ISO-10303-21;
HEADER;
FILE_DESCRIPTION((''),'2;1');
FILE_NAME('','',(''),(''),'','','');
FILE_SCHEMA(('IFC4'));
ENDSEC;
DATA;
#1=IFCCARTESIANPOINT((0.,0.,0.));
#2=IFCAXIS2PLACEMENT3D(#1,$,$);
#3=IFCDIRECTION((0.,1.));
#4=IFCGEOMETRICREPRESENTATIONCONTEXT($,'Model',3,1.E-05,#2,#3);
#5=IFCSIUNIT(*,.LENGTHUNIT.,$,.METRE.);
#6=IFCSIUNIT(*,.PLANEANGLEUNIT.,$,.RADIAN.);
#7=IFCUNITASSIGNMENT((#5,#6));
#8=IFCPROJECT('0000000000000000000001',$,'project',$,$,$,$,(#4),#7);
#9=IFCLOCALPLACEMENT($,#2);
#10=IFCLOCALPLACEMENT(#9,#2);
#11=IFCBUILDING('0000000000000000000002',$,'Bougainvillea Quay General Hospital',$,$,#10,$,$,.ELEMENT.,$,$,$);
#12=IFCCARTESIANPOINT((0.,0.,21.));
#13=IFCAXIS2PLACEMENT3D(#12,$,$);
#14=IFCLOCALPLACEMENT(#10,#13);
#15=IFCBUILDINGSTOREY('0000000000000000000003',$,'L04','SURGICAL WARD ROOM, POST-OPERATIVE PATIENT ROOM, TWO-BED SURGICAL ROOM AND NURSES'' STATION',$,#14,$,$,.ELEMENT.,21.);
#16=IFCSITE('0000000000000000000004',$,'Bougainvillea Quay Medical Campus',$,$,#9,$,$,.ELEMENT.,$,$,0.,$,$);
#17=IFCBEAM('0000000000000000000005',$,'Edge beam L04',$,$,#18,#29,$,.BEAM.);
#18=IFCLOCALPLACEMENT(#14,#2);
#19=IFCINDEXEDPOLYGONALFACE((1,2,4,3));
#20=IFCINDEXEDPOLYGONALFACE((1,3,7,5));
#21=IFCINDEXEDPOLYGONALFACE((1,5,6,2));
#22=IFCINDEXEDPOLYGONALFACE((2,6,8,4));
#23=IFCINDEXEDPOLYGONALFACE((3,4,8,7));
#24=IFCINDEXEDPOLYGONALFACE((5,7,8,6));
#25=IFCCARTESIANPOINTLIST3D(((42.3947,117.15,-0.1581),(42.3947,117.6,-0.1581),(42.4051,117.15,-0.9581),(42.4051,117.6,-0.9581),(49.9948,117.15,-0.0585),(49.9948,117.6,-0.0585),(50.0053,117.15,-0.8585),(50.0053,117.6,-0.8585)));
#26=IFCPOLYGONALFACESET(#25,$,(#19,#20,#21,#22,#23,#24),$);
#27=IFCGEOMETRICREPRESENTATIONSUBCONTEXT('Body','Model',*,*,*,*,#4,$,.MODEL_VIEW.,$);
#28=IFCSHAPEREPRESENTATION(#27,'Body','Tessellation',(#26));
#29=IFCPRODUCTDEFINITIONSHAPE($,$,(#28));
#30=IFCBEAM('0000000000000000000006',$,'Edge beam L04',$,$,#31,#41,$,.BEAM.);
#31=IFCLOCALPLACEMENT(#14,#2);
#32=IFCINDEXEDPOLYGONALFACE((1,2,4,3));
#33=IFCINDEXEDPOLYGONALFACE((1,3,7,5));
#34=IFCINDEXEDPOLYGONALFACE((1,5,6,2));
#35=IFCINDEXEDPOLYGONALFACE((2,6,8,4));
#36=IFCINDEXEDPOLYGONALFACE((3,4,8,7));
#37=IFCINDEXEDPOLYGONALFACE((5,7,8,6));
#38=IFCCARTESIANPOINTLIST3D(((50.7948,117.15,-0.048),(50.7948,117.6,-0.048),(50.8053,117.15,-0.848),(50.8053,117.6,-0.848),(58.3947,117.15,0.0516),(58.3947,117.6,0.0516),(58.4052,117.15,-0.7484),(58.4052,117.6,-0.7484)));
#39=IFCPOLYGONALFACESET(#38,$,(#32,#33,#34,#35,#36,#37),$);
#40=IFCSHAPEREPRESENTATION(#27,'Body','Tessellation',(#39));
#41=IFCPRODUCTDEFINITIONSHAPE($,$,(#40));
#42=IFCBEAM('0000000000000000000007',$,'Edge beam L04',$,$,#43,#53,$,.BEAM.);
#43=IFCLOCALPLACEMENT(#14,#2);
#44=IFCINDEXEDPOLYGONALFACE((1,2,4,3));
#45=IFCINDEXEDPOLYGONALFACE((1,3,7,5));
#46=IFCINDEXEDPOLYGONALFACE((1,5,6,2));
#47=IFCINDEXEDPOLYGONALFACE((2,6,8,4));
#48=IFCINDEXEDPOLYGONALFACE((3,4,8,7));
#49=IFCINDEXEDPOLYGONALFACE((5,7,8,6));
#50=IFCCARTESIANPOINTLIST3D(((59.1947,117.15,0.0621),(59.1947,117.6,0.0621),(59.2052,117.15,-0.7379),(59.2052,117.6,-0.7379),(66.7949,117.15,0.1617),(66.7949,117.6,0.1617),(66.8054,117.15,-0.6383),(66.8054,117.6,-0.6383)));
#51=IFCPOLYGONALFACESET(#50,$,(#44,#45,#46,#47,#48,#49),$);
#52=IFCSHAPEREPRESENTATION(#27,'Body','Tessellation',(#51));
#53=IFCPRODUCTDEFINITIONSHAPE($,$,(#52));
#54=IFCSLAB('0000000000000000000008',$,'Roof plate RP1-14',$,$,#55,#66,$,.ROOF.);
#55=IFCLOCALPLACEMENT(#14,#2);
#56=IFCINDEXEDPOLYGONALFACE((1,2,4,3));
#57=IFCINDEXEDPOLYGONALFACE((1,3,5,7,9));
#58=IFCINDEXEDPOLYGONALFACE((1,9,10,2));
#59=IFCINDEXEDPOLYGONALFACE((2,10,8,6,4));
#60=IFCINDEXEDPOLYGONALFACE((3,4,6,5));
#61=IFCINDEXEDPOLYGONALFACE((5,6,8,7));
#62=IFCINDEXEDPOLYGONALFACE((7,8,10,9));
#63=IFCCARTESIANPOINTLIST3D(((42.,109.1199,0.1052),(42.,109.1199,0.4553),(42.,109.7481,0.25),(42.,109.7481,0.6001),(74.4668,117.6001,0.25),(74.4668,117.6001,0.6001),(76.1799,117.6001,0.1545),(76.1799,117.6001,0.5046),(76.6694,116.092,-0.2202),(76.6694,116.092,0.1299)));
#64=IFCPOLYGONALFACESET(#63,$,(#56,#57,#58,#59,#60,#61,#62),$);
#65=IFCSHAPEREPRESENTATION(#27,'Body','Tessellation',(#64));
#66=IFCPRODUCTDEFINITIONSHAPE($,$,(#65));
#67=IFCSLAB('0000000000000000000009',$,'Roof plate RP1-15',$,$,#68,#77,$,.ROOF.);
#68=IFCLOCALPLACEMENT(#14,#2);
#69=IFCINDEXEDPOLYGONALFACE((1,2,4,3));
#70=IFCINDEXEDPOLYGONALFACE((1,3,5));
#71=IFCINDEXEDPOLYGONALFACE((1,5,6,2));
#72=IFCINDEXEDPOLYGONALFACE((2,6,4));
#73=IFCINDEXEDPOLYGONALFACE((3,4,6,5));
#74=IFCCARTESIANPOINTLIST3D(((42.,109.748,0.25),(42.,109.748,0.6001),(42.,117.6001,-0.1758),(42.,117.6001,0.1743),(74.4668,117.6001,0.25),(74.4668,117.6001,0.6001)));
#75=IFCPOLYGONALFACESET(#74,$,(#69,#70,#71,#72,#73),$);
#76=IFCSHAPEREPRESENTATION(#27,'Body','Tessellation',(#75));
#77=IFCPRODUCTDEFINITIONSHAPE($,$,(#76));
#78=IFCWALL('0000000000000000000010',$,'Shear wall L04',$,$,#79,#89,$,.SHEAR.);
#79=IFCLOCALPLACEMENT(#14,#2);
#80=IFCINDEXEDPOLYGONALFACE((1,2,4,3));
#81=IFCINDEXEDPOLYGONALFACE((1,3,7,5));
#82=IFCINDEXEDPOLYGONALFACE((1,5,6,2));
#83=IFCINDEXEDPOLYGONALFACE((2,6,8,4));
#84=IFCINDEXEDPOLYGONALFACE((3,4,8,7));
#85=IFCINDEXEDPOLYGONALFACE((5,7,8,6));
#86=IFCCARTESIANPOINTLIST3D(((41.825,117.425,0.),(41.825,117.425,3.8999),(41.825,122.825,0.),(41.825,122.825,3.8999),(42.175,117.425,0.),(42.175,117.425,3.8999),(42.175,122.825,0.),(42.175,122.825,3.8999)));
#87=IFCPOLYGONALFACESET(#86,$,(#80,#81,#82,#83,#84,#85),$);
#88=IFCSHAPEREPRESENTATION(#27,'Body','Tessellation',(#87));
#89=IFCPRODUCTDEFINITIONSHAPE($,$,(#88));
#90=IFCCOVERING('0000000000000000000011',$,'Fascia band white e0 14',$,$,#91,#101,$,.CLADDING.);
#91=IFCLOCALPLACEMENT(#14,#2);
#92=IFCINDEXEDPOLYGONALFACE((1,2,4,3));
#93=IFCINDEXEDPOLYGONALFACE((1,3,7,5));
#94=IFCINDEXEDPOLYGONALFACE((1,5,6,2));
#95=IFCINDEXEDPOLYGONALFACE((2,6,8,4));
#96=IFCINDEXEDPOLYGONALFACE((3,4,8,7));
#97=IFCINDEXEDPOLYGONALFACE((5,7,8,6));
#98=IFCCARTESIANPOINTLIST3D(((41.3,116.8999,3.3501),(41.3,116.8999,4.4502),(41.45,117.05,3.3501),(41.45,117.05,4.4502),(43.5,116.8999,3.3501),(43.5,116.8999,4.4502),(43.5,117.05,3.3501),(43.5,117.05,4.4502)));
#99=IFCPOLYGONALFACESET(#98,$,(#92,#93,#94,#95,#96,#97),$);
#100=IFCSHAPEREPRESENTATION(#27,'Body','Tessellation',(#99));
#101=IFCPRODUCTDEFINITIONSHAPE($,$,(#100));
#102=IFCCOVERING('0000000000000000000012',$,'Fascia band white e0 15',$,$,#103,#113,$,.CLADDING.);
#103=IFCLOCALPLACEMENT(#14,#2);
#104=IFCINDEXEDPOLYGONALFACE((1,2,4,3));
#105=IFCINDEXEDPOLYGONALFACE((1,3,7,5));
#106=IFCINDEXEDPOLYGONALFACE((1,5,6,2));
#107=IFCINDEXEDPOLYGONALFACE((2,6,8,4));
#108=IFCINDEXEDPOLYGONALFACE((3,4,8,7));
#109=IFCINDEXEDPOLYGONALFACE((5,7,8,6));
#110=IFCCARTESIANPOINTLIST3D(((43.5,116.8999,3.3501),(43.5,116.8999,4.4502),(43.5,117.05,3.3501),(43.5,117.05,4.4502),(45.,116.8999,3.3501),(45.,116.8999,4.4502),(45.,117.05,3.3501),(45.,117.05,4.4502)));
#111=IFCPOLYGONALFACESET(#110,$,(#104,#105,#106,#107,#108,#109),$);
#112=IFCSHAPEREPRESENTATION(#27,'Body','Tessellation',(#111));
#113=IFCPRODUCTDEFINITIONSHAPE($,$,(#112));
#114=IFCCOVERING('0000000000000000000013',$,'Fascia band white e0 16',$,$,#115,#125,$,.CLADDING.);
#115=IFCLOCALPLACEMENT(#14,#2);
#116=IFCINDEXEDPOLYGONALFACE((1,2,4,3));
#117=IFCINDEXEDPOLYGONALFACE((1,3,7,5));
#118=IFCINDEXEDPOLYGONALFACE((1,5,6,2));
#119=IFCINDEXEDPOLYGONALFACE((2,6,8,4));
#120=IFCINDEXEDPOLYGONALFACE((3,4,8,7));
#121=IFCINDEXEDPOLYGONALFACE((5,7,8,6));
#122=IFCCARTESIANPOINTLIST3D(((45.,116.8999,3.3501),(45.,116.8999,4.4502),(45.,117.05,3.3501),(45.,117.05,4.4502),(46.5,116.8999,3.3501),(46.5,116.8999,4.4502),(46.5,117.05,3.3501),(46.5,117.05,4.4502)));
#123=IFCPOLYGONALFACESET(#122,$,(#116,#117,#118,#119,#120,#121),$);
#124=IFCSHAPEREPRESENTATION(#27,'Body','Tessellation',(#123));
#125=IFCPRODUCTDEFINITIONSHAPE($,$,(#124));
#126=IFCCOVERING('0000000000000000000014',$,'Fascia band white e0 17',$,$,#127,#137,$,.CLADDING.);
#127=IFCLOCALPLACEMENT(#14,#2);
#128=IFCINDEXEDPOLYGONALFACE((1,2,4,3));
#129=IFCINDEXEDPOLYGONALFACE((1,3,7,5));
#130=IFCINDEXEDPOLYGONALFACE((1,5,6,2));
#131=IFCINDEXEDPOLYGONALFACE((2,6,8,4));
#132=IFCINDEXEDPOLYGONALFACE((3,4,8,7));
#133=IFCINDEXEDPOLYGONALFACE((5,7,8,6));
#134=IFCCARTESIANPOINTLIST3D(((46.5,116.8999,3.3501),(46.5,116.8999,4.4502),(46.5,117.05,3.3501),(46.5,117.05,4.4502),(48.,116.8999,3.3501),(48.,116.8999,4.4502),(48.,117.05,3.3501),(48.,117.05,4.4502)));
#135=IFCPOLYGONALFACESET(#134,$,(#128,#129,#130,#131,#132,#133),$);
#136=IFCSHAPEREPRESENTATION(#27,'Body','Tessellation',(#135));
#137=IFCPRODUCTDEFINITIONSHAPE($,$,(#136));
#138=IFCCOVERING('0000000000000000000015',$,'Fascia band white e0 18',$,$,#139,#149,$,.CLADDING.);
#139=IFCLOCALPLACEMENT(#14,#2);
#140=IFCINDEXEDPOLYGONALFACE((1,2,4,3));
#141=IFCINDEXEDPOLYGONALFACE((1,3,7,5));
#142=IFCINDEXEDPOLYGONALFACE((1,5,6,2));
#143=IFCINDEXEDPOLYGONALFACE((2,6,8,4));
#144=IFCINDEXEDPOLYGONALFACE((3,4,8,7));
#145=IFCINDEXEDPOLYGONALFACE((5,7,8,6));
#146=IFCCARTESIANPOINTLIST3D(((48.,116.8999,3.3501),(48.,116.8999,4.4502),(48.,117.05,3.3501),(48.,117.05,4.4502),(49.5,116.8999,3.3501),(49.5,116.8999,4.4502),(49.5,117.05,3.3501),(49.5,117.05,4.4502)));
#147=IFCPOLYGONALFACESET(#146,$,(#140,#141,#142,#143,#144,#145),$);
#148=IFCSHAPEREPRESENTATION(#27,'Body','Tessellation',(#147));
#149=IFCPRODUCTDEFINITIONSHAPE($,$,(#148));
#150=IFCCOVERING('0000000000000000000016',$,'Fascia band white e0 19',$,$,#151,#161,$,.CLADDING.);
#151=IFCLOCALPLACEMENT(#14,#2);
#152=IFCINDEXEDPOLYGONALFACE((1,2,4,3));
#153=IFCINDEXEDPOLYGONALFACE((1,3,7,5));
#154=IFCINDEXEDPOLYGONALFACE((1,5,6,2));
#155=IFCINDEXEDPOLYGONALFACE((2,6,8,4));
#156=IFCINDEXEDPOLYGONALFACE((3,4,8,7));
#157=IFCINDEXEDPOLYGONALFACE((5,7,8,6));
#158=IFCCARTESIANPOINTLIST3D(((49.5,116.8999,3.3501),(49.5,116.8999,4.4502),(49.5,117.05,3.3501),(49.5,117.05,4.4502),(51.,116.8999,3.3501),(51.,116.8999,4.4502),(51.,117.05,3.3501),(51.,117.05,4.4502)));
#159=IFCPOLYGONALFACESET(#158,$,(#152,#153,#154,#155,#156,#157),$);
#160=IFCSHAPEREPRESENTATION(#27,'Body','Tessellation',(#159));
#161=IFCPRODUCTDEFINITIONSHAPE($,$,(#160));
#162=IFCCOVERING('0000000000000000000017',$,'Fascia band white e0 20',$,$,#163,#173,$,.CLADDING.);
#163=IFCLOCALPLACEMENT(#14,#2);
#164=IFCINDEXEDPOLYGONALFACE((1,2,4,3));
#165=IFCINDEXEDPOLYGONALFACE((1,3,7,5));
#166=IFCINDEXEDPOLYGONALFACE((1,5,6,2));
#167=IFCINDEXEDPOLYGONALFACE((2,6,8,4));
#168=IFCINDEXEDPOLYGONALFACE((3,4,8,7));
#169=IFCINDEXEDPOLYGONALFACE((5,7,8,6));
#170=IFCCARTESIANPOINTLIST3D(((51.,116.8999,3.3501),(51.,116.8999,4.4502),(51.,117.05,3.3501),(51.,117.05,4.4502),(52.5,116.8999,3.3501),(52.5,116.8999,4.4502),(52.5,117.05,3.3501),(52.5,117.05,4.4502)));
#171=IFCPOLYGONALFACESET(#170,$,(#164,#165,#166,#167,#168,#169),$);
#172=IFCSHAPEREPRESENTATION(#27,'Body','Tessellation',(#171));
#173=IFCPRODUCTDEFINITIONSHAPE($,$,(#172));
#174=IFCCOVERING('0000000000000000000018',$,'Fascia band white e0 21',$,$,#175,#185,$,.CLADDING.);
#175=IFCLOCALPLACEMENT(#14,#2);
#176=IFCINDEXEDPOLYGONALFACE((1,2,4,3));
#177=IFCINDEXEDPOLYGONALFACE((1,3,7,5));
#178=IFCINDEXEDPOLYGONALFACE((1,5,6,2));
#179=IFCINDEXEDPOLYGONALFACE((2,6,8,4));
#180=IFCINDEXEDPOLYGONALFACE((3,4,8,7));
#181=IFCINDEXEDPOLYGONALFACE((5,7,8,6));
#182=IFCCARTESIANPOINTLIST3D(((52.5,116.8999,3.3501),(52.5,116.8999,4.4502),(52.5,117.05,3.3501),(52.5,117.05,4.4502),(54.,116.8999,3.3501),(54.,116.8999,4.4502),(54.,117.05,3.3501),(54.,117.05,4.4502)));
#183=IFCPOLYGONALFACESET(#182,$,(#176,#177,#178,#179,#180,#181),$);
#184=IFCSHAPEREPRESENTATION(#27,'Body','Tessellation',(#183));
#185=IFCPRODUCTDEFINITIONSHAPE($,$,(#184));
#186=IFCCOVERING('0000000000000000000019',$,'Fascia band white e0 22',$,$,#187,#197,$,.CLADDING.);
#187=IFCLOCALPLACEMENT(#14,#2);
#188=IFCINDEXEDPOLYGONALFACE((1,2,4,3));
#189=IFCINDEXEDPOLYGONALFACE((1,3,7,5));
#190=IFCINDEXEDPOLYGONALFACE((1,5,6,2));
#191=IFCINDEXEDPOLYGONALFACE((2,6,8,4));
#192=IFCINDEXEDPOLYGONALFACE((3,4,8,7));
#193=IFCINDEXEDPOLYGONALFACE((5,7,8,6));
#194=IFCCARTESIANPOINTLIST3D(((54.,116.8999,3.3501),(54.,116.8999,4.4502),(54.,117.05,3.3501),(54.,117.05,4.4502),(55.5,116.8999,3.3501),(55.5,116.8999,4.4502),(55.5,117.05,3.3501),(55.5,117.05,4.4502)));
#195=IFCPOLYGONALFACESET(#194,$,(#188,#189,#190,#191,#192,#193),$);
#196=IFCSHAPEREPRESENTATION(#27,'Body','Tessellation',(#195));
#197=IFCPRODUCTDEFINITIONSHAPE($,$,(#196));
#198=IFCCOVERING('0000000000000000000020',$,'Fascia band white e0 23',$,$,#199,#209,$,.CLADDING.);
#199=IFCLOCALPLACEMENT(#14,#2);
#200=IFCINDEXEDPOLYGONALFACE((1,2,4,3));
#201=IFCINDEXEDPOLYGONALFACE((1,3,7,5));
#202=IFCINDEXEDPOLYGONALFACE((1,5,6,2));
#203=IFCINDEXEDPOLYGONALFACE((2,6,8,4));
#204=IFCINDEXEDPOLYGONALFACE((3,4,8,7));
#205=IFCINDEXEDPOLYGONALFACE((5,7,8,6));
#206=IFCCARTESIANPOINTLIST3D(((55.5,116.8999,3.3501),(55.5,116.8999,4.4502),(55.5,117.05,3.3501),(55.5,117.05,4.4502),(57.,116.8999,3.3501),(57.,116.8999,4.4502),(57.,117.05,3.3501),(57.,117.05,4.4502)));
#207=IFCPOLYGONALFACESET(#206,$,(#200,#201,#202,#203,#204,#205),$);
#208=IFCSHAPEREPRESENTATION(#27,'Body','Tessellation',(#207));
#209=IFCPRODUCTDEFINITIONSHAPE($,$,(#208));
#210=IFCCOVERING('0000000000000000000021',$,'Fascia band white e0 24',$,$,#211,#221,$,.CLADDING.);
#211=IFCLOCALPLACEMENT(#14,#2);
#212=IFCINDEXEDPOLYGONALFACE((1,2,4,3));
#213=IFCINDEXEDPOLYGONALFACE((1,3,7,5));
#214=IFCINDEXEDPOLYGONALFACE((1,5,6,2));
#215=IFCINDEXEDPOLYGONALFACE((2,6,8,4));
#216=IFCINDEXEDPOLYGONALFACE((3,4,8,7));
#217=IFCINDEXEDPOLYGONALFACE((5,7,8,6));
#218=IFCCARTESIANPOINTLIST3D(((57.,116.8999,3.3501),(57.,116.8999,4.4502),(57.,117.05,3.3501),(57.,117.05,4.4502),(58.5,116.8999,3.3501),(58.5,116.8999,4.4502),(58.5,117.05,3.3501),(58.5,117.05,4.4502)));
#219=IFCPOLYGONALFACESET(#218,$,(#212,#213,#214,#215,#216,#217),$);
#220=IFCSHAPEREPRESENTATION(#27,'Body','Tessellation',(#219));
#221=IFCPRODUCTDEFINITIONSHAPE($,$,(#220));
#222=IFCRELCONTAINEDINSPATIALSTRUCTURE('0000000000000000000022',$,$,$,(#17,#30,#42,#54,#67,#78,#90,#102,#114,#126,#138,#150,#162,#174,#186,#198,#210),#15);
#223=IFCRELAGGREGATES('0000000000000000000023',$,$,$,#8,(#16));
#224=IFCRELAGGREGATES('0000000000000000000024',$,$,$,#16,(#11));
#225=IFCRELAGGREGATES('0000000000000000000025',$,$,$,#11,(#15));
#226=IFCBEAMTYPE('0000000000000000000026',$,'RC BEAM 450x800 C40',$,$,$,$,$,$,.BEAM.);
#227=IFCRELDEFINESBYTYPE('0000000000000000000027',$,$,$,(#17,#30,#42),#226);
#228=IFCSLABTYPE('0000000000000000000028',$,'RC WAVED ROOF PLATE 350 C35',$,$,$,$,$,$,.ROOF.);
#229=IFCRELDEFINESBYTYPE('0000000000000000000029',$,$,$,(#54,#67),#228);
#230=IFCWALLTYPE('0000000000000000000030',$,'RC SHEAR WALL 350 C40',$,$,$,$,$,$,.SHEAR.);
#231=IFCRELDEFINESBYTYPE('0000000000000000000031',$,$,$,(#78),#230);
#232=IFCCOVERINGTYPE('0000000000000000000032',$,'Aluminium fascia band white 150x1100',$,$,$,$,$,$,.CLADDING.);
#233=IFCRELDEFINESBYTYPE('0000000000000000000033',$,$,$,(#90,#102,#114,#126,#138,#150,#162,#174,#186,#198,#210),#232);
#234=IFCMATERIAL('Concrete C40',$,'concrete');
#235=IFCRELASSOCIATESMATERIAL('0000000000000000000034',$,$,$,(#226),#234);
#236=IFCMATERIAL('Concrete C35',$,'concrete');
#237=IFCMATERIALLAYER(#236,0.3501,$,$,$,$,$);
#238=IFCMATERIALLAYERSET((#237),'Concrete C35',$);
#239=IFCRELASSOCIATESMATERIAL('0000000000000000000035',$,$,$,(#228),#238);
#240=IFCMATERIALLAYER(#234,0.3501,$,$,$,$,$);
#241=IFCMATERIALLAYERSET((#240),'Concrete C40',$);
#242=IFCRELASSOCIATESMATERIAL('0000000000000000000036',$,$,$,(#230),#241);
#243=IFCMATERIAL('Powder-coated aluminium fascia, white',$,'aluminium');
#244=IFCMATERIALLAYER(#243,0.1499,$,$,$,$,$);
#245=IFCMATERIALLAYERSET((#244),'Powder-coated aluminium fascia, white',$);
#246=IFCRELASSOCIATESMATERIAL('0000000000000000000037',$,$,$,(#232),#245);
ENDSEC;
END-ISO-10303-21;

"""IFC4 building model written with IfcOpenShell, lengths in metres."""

from ifc_helpers import new_model, si_unit, direction, frame, frame_2d, origin, origin_2d, place, context, subcontext, project, spatial, polyline, rectangle, outline, extrude, material, layer, layer_set, material_profile, profile_set, type_object, element, save


model = new_model("IFC4")

# Units and contexts
model_context = context("Model", 3, precision=1e-05, world=origin(), true_north=direction((0.0, 1.0)))
body_context = subcontext(model_context, "Body", "Model", "MODEL_VIEW")
ifc_project = project(units=[si_unit("LENGTHUNIT", "METRE"), si_unit("PLANEANGLEUNIT", "RADIAN")], contexts=[model_context])

# Site, building, storey
site_placement = place(None, origin())
site = spatial("IfcSite", under=ifc_project, at=site_placement, Name="Bougainvillea Quay Medical Campus", CompositionType="ELEMENT", RefElevation=0.0)
building_placement = place(site_placement, origin())
building = spatial("IfcBuilding", under=site, at=building_placement, Name="Bougainvillea Quay General Hospital", CompositionType="ELEMENT")
storey_placement = place(building_placement, frame((0.0, 0.0, 21.0)))
storey = spatial("IfcBuildingStorey", under=building, at=storey_placement, Name="L04", Description="SURGICAL WARD ROOM, POST-OPERATIVE PATIENT ROOM, TWO-BED SURGICAL ROOM AND NURSES' STATION", CompositionType="ELEMENT", Elevation=21.0)

# Beams
ifc_material_1 = material(Name="Concrete C40", Category="concrete")
ifc_material_profile = material_profile(ifc_material_1, rectangle(XDim=0.45, YDim=0.8, at=origin_2d()))
ifc_profile_set = profile_set([ifc_material_profile], Name="Concrete C40")
beam_type = type_object("IfcBeamType", Name="RC BEAM 450x800 C40", PredefinedType="BEAM", material=ifc_profile_set)
beam_1_placement = place(storey_placement, frame((42.3999, 117.375, -0.5581), z_axis=(0.999914, 0.0, 0.013105), x_axis=(0.0, 1.0, 0.0)))
element("IfcBeam", 1, at=beam_1_placement, inside=storey, type_object=beam_type, Name="Edge beam L04", PredefinedType="BEAM", context=body_context, shape_type="SweptSolid", body=[
    extrude(rectangle(XDim=0.45, YDim=0.8, at=origin_2d()), origin(), (0.0, 0.0, 1.0), 7.6008),
])
beam_2_placement = place(storey_placement, frame((50.8, 117.375, -0.448), z_axis=(0.999914, 0.0, 0.013106), x_axis=(0.0, 1.0, 0.0)))
element("IfcBeam", 2, at=beam_2_placement, inside=storey, type_object=beam_type, Name="Edge beam L04", PredefinedType="BEAM", context=body_context, shape_type="SweptSolid", body=[
    extrude(rectangle(XDim=0.45, YDim=0.8, at=origin_2d()), origin(), (0.0, 0.0, 1.0), 7.6006),
])
beam_3_placement = place(storey_placement, frame((59.2, 117.375, -0.3379), z_axis=(0.999914, 0.0, 0.013105), x_axis=(0.0, 1.0, 0.0)))
element("IfcBeam", 3, at=beam_3_placement, inside=storey, type_object=beam_type, Name="Edge beam L04", PredefinedType="BEAM", context=body_context, shape_type="SweptSolid", body=[
    extrude(rectangle(XDim=0.45, YDim=0.8, at=origin_2d()), origin(), (0.0, 0.0, 1.0), 7.6008),
])

# Slabs
ifc_material_2 = material(Name="Concrete C35", Category="concrete")
ifc_layer_1 = layer(ifc_material_2, 0.3501)
ifc_layer_set_1 = layer_set([ifc_layer_1], Name="Concrete C35")
slab_type = type_object("IfcSlabType", Name="RC WAVED ROOF PLATE 350 C35", PredefinedType="ROOF", material=ifc_layer_set_1)
slab_1_placement = place(storey_placement, frame((42.0, 109.1199, 0.4553), z_axis=(0.054224, -0.224211, 0.973031), x_axis=(0.98033, 0.197149, -0.009203)))
element("IfcSlab", 4, at=slab_1_placement, inside=storey, type_object=slab_type, Name="Roof plate RP1-14", PredefinedType="ROOF", context=body_context, shape_type="SweptSolid", body=[
    extrude(outline(polyline([(0.0, 0.0), (35.365, 0.0), (35.179, 1.6185), (33.4987, 1.9656), (0.1225, 0.6329), (0.0, 0.0)])), origin(), (0.009203, -0.230491, -0.973031), 0.3501),
])
slab_2_placement = place(storey_placement, frame((42.0, 109.748, 0.6001), z_axis=(-0.013094, 0.054141, 0.998447), x_axis=(0.971978, 0.235072, 0.0)))
element("IfcSlab", 5, at=slab_2_placement, inside=storey, type_object=slab_type, Name="Roof plate RP1-15", PredefinedType="ROOF", context=body_context, shape_type="SweptSolid", body=[
    extrude(outline(polyline([(0.0, 0.0), (33.4028, 0.0), (1.8458, 7.6439), (0.0, 0.0)])), origin(), (0.0, 0.055702, -0.998447), 0.3501),
])

# Wall
ifc_layer_2 = layer(ifc_material_1, 0.3501)
ifc_layer_set_2 = layer_set([ifc_layer_2], Name="Concrete C40")
wall_type = type_object("IfcWallType", Name="RC SHEAR WALL 350 C40", PredefinedType="SHEAR", material=ifc_layer_set_2)
wall_placement = place(storey_placement, frame((42.0, 117.425, 0.0), z_axis=(0.0, 0.0, 1.0), x_axis=(0.0, 1.0, 0.0)))
element("IfcWall", 6, at=wall_placement, inside=storey, type_object=wall_type, Name="Shear wall L04", PredefinedType="SHEAR", context=body_context, shape_type="SweptSolid", body=[
    extrude(rectangle(XDim=5.3999, YDim=0.3501, at=frame_2d((2.7, 0.0))), origin(), (0.0, 0.0, 1.0), 3.8999),
])

# Coverings
ifc_material_3 = material(Name="Powder-coated aluminium fascia, white", Category="aluminium")
ifc_layer_3 = layer(ifc_material_3, 0.1499)
ifc_layer_set_3 = layer_set([ifc_layer_3], Name="Powder-coated aluminium fascia, white")
covering_type = type_object("IfcCoveringType", Name="Aluminium fascia band white 150x1100", PredefinedType="CLADDING", material=ifc_layer_set_3)
covering_placement = place(storey_placement, frame((41.45, 117.05, 3.3501), z_axis=(0.0, 0.0, 1.0), x_axis=(1.0, 0.0, 0.0)))
element("IfcCovering", 7, at=covering_placement, inside=storey, type_object=covering_type, Name="Fascia band white e0 14", PredefinedType="CLADDING", context=body_context, shape_type="SweptSolid", body=[
    extrude(outline(polyline([(0.0, 0.0), (2.05, 0.0), (2.05, -0.1501), (-0.1499, -0.1501), (0.0, 0.0)])), origin(), (0.0, 0.0, 1.0), 1.1001),
])
for number, where, z_axis, x_axis, name in (
    (8, (43.5, 117.05, 3.3501), (0.0, 0.0, 1.0), (1.0, 0.0, 0.0), "Fascia band white e0 15"),
    (9, (45.0, 117.05, 3.3501), (0.0, 0.0, 1.0), (1.0, 0.0, 0.0), "Fascia band white e0 16"),
    (10, (46.5, 117.05, 3.3501), (0.0, 0.0, 1.0), (1.0, 0.0, 0.0), "Fascia band white e0 17"),
    (11, (48.0, 117.05, 3.3501), (0.0, 0.0, 1.0), (1.0, 0.0, 0.0), "Fascia band white e0 18"),
    (12, (49.5, 117.05, 3.3501), (0.0, 0.0, 1.0), (1.0, 0.0, 0.0), "Fascia band white e0 19"),
    (13, (51.0, 117.05, 3.3501), (0.0, 0.0, 1.0), (1.0, 0.0, 0.0), "Fascia band white e0 20"),
    (14, (52.5, 117.05, 3.3501), (0.0, 0.0, 1.0), (1.0, 0.0, 0.0), "Fascia band white e0 21"),
    (15, (54.0, 117.05, 3.3501), (0.0, 0.0, 1.0), (1.0, 0.0, 0.0), "Fascia band white e0 22"),
    (16, (55.5, 117.05, 3.3501), (0.0, 0.0, 1.0), (1.0, 0.0, 0.0), "Fascia band white e0 23"),
    (17, (57.0, 117.05, 3.3501), (0.0, 0.0, 1.0), (1.0, 0.0, 0.0), "Fascia band white e0 24"),
):
    element("IfcCovering", number, at=place(storey_placement, frame(where, z_axis=z_axis, x_axis=x_axis)), inside=storey, type_object=covering_type, Name=name, PredefinedType="CLADDING", context=body_context, shape_type="SweptSolid", body=[
        extrude(outline(polyline([(0.0, 0.0), (1.5, 0.0), (1.5, -0.1501), (0.0, -0.1501), (0.0, 0.0)])), origin(), (0.0, 0.0, 1.0), 1.1001),
    ])

save(model, "model.ifc")
